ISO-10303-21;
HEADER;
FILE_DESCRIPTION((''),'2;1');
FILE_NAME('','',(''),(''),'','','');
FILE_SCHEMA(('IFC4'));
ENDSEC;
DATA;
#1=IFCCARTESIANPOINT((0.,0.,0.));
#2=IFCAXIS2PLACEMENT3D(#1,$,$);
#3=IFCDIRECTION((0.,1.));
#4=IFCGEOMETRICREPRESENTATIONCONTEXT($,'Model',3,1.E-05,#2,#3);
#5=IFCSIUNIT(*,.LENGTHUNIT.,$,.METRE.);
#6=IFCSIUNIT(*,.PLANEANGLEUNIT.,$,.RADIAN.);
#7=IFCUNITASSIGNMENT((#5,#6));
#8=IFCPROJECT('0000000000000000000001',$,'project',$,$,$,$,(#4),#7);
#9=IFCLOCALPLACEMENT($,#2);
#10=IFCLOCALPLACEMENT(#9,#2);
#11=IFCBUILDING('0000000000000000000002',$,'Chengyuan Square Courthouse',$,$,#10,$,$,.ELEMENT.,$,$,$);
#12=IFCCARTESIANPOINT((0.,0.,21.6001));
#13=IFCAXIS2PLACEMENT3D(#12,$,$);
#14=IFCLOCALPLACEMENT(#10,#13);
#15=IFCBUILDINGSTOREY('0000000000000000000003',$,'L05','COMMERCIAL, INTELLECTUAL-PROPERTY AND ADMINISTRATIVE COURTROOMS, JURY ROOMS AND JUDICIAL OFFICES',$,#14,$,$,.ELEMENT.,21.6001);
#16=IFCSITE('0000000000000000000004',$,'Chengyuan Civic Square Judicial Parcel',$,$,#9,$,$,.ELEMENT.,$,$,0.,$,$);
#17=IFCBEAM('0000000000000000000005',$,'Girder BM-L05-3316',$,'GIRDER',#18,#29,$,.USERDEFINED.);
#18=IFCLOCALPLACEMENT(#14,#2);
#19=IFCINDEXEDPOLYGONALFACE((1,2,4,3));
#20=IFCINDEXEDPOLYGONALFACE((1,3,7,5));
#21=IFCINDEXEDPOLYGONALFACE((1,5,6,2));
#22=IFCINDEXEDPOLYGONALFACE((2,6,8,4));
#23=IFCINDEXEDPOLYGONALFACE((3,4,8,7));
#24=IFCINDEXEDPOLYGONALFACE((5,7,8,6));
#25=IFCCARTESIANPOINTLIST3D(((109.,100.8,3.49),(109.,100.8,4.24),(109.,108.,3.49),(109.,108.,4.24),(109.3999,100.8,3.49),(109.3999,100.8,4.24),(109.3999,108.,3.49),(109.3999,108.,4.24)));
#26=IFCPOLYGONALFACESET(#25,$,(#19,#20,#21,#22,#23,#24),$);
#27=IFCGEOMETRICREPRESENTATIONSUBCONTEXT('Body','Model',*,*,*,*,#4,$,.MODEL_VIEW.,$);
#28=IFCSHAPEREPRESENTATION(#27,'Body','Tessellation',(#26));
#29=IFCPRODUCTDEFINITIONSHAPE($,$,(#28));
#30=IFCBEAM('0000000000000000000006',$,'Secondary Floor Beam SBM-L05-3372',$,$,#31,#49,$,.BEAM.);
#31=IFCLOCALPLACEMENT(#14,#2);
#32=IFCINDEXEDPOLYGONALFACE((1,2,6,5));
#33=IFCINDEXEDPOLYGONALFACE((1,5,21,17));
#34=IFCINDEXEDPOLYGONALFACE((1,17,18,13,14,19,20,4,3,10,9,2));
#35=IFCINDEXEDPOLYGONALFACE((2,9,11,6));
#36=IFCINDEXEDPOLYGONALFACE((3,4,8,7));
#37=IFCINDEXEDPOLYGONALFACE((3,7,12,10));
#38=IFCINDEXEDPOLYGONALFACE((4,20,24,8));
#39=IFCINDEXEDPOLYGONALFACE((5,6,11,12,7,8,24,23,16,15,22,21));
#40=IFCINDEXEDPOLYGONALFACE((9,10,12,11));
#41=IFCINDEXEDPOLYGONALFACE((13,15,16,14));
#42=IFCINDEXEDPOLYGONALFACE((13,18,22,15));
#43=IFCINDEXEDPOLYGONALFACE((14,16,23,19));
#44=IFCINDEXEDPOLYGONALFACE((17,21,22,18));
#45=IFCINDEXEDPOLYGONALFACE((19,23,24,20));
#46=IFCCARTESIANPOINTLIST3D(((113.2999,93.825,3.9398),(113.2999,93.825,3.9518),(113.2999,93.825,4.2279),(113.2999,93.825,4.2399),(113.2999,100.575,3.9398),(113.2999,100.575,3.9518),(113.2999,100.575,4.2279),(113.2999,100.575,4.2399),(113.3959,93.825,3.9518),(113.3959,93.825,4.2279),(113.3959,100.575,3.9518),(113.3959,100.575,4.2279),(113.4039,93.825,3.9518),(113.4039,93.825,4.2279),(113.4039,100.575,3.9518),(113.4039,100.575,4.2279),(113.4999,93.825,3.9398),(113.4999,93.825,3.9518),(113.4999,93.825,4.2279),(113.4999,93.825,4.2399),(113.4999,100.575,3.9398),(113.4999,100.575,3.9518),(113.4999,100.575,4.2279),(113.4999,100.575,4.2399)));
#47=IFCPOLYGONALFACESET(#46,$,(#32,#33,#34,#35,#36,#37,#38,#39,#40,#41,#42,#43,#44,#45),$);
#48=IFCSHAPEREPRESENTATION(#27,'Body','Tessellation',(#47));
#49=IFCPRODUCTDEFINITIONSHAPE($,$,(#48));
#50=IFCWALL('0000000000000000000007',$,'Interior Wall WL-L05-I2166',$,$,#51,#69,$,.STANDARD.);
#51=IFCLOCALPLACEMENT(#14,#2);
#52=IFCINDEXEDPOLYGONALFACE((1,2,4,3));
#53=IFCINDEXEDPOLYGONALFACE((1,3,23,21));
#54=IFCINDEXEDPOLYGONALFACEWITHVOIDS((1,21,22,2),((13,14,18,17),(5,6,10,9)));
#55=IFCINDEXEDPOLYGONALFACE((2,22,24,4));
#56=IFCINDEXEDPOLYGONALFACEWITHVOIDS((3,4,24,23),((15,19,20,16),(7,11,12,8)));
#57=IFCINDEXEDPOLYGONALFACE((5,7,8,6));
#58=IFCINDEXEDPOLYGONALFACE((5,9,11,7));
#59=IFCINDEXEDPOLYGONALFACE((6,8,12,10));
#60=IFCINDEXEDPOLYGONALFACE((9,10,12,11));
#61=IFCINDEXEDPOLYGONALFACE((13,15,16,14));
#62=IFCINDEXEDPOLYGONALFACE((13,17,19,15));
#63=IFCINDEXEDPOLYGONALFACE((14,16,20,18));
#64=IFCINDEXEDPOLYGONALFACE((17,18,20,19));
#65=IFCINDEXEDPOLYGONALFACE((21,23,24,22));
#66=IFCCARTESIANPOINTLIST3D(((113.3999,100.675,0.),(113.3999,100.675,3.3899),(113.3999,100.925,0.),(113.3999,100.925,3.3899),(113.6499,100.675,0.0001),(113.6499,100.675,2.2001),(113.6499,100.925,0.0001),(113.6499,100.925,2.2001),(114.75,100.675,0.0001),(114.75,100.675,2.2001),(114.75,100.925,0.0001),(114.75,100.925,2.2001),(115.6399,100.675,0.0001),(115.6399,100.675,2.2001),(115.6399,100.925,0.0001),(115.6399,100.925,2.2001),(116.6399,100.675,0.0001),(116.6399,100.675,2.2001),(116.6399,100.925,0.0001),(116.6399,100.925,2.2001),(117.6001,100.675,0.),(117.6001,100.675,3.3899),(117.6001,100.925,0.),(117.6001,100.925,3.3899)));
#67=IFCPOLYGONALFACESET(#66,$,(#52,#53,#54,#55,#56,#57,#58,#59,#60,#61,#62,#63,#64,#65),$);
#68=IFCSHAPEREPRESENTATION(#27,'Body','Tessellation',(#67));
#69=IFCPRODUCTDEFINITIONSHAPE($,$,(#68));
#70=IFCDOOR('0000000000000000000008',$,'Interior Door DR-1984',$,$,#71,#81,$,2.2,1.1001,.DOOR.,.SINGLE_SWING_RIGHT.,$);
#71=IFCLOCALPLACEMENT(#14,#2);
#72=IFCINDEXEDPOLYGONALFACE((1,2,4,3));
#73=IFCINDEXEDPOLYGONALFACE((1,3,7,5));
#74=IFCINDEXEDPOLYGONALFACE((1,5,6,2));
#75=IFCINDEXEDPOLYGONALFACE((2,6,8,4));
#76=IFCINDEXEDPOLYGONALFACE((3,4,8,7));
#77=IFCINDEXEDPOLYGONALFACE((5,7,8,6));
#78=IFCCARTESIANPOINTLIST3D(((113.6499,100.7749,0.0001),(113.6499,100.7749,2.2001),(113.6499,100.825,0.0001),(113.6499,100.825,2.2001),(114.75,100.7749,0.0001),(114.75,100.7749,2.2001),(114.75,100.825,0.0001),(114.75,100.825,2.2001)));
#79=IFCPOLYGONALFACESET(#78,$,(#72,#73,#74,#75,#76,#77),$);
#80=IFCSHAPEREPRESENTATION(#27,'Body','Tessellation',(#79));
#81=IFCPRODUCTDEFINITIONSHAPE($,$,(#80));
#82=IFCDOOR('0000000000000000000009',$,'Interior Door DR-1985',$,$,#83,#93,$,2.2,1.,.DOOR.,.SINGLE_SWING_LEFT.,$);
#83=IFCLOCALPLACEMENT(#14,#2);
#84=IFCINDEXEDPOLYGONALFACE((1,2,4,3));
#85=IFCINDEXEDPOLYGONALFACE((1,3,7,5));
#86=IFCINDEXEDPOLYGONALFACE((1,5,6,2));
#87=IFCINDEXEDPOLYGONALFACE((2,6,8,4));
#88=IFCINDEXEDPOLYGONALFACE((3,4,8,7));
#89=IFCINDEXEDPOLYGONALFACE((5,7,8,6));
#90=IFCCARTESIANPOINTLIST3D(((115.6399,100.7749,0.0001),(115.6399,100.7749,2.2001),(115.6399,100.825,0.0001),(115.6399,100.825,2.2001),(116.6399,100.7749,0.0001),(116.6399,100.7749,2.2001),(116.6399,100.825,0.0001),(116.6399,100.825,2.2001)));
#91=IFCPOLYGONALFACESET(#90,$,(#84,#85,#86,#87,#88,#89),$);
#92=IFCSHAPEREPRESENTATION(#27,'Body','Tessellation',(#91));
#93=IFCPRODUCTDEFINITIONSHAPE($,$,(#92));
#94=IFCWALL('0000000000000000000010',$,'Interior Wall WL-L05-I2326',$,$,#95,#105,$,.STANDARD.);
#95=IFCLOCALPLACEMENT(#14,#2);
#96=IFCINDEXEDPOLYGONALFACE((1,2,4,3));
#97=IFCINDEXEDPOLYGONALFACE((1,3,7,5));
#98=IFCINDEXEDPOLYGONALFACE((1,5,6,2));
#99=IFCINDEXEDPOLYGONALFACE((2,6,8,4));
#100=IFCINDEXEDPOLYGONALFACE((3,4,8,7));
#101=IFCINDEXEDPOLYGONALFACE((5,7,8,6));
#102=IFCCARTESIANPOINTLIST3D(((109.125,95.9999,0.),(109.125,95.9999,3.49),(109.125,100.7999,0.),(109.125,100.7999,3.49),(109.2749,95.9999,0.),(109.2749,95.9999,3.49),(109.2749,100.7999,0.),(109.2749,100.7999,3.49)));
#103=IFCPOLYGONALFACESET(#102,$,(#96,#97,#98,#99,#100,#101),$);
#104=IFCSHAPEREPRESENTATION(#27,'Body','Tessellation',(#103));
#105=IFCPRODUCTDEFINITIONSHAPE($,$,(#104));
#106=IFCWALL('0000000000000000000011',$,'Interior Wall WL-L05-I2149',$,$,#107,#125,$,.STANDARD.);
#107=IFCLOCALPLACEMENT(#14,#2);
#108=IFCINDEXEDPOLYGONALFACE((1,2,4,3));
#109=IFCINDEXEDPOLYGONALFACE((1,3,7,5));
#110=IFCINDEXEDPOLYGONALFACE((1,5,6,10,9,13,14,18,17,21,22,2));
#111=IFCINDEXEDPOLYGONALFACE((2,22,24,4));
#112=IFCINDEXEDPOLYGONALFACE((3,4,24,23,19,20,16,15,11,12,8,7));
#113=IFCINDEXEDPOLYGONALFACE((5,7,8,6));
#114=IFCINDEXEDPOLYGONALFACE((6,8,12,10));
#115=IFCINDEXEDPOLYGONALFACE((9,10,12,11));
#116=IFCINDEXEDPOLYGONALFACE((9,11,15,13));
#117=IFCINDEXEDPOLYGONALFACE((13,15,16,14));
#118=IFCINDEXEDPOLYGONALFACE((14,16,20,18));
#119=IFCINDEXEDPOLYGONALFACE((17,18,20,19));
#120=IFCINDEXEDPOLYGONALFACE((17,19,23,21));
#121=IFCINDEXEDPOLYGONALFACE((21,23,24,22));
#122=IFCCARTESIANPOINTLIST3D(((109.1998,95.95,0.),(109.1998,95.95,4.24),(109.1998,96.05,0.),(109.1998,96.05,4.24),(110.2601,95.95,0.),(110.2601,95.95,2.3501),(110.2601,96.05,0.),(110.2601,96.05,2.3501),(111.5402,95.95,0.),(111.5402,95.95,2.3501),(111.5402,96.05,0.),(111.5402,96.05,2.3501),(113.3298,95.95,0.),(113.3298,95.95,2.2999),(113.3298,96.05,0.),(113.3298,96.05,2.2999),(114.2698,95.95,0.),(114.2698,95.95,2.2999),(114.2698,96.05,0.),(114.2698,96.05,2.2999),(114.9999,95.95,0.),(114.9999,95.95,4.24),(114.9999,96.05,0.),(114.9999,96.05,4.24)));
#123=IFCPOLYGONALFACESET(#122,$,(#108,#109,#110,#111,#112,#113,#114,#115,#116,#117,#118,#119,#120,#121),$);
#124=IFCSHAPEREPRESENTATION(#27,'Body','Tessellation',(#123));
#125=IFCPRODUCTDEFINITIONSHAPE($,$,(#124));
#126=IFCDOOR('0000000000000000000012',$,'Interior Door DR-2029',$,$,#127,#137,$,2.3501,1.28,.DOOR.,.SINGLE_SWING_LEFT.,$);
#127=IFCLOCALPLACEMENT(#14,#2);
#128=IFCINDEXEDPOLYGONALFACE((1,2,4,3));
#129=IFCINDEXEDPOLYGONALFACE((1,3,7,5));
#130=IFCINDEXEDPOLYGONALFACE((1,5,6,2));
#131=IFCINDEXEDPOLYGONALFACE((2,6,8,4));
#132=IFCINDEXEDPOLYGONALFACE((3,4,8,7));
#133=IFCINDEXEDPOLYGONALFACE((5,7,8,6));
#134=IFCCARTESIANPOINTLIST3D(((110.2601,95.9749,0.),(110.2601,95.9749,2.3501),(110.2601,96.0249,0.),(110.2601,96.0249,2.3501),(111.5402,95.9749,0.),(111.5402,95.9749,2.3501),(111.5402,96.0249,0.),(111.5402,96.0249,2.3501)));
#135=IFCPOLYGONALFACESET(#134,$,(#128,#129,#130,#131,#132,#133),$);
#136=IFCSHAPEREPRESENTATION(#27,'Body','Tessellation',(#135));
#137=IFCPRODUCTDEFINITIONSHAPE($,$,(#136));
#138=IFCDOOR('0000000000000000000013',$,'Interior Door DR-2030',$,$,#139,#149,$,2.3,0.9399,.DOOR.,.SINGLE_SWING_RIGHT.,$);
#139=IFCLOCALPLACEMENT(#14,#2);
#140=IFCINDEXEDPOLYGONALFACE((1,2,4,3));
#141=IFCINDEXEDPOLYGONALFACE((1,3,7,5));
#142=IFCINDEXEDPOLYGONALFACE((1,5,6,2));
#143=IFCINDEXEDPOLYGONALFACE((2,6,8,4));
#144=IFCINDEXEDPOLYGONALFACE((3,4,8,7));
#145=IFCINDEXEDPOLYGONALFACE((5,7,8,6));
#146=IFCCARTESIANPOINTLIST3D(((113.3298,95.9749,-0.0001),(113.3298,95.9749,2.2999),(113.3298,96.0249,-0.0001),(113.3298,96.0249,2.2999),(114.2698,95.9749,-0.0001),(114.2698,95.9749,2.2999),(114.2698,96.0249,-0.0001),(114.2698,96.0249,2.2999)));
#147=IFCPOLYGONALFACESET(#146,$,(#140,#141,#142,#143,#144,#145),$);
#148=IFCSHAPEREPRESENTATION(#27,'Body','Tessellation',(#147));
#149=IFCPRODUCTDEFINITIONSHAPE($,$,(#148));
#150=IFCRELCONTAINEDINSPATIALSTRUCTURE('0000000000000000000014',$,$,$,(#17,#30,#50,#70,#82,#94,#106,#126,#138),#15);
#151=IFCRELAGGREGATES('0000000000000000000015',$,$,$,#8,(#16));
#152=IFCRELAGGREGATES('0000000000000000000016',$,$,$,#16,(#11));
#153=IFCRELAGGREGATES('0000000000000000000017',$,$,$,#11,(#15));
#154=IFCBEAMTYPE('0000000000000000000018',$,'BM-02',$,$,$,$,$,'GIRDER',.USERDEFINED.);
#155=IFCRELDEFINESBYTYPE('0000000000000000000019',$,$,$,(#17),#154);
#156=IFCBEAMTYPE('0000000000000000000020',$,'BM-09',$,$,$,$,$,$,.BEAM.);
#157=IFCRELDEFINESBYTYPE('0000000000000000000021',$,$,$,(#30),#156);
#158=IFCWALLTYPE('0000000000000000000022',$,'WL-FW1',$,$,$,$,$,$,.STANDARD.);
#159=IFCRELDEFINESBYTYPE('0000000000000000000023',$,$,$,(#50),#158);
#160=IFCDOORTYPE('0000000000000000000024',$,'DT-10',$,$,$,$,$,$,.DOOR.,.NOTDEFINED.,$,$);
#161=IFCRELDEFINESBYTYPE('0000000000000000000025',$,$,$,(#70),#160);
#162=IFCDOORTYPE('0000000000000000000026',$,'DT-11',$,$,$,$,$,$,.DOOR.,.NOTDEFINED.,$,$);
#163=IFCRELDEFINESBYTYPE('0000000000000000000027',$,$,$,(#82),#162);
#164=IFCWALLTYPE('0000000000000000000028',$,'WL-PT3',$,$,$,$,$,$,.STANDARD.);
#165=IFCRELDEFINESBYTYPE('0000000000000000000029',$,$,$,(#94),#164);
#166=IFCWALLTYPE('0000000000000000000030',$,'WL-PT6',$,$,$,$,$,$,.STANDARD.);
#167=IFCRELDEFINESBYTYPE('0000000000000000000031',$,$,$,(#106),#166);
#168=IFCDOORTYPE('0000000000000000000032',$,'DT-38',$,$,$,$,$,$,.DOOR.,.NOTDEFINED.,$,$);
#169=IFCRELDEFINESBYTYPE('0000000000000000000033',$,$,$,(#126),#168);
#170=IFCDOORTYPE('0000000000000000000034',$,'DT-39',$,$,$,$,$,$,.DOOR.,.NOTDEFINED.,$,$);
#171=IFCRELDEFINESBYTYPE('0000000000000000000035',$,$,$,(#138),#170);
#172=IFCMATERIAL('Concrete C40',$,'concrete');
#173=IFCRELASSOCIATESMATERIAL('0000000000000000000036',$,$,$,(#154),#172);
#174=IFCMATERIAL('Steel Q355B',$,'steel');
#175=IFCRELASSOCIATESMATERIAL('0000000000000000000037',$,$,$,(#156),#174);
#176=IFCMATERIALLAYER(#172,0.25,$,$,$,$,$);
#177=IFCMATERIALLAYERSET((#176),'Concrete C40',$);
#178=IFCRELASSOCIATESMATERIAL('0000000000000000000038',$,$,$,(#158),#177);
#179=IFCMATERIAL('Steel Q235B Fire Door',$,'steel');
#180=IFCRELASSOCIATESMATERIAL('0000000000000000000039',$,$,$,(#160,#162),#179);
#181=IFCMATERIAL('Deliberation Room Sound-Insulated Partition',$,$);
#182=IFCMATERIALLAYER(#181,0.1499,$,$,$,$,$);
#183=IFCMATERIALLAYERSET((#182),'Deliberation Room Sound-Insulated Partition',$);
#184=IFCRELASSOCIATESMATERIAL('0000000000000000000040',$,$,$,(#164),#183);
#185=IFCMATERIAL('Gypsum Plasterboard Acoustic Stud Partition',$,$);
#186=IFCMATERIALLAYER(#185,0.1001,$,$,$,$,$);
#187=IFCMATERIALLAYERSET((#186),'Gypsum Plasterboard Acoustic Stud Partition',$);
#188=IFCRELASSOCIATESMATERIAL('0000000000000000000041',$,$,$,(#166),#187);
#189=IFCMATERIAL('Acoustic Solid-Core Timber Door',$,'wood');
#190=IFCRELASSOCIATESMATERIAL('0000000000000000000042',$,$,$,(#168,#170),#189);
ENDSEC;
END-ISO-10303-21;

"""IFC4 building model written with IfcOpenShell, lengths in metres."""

from ifc_helpers import new_model, si_unit, direction, frame, frame_2d, origin, origin_2d, place, context, subcontext, project, spatial, rectangle, i_section, extrude, material, layer, layer_set, material_profile, profile_set, type_object, element, fill, save


model = new_model("IFC4")

# Units and contexts
model_context = context("Model", 3, precision=1e-05, world=origin(), true_north=direction((0.0, 1.0)))
body_context = subcontext(model_context, "Body", "Model", "MODEL_VIEW")
ifc_project = project(units=[si_unit("LENGTHUNIT", "METRE"), si_unit("PLANEANGLEUNIT", "RADIAN")], contexts=[model_context])

# Site, building, storey
site_placement = place(None, origin())
site = spatial("IfcSite", under=ifc_project, at=site_placement, Name="Chengyuan Civic Square Judicial Parcel", CompositionType="ELEMENT", RefElevation=0.0)
building_placement = place(site_placement, origin())
building = spatial("IfcBuilding", under=site, at=building_placement, Name="Chengyuan Square Courthouse", CompositionType="ELEMENT")
storey_placement = place(building_placement, frame((0.0, 0.0, 21.6001)))
storey = spatial("IfcBuildingStorey", under=building, at=storey_placement, Name="L05", Description="COMMERCIAL, INTELLECTUAL-PROPERTY AND ADMINISTRATIVE COURTROOMS, JURY ROOMS AND JUDICIAL OFFICES", CompositionType="ELEMENT", Elevation=21.6001)

# Beams
ifc_material_1 = material(Name="Concrete C40", Category="concrete")
ifc_material_profile_1 = material_profile(ifc_material_1, rectangle(XDim=0.3999, YDim=0.75, at=origin_2d()), Name="RC-BM-400x750")
ifc_profile_set_1 = profile_set([ifc_material_profile_1], Name="Concrete C40")
beam_type_1 = type_object("IfcBeamType", Name="BM-02", ElementType="GIRDER", PredefinedType="USERDEFINED", material=ifc_profile_set_1)
beam_1_placement = place(storey_placement, frame((109.2, 100.8, 3.865), z_axis=(0.0, 1.0, 0.0), x_axis=(-1.0, 0.0, 0.0)))
element("IfcBeam", 1, at=beam_1_placement, inside=storey, type_object=beam_type_1, Name="Girder BM-L05-3316", ObjectType="GIRDER", PredefinedType="USERDEFINED", context=body_context, shape_type="SweptSolid", body=[
    extrude(rectangle(XDim=0.3999, YDim=0.75, at=origin_2d()), origin(), (0.0, 0.0, 1.0), 7.2),
])
ifc_material_2 = material(Name="Steel Q355B", Category="steel")
ifc_material_profile_2 = material_profile(ifc_material_2, i_section(OverallWidth=0.2, OverallDepth=0.3, WebThickness=0.0081, FlangeThickness=0.012, at=origin_2d()), Name="HM 300x200x8x12")
ifc_profile_set_2 = profile_set([ifc_material_profile_2], Name="Steel Q355B")
beam_type_2 = type_object("IfcBeamType", Name="BM-09", PredefinedType="BEAM", material=ifc_profile_set_2)
beam_2_placement = place(storey_placement, frame((113.3999, 93.825, 4.0898), z_axis=(0.0, 1.0, 0.0), x_axis=(-1.0, 0.0, 0.0)))
element("IfcBeam", 2, at=beam_2_placement, inside=storey, type_object=beam_type_2, Name="Secondary Floor Beam SBM-L05-3372", PredefinedType="BEAM", context=body_context, shape_type="SweptSolid", body=[
    extrude(i_section(OverallWidth=0.2, OverallDepth=0.3, WebThickness=0.0081, FlangeThickness=0.012, at=origin_2d()), origin(), (0.0, 0.0, 1.0), 6.75),
])

# Wall, openings, doors
ifc_layer_1 = layer(ifc_material_1, 0.25)
ifc_layer_set_1 = layer_set([ifc_layer_1], Name="Concrete C40")
wall_type_1 = type_object("IfcWallType", Name="WL-FW1", PredefinedType="STANDARD", material=ifc_layer_set_1)
wall_1_placement = place(storey_placement, frame((113.3999, 100.8, 0.0), z_axis=(0.0, 0.0, 1.0), x_axis=(1.0, 0.0, 0.0)))
wall_1 = element("IfcWall", 3, at=wall_1_placement, inside=storey, type_object=wall_type_1, Name="Interior Wall WL-L05-I2166", PredefinedType="STANDARD", context=body_context, shape_type="SweptSolid", body=[
    extrude(rectangle(XDim=4.2002, YDim=0.25, at=frame_2d((2.1001, 0.0))), origin(), (0.0, 0.0, 1.0), 3.3899),
])
opening_1_placement = place(wall_1_placement, frame((0.25, 0.0, 0.0)))
opening_1 = element("IfcOpeningElement", 4, at=opening_1_placement, cuts=wall_1, PredefinedType="OPENING", context=body_context, shape_type="SweptSolid", body=[
    extrude(rectangle(XDim=1.1001, YDim=2.2, at=frame_2d((0.55, 1.1001))), frame((0.0, 0.137, 0.0), z_axis=(0.0, -1.0, 0.0), x_axis=(1.0, 0.0, 0.0)), (0.0, 0.0, 1.0), 0.2739),
])
opening_2_placement = place(wall_1_placement, frame((2.24, 0.0, 0.0)))
opening_2 = element("IfcOpeningElement", 5, at=opening_2_placement, cuts=wall_1, PredefinedType="OPENING", context=body_context, shape_type="SweptSolid", body=[
    extrude(rectangle(XDim=1.0, YDim=2.2, at=frame_2d((0.5, 1.1001))), frame((0.0, 0.137, 0.0), z_axis=(0.0, -1.0, 0.0), x_axis=(1.0, 0.0, 0.0)), (0.0, 0.0, 1.0), 0.2739),
])
ifc_material_3 = material(Name="Steel Q235B Fire Door", Category="steel")
door_type_1 = type_object("IfcDoorType", Name="DT-10", OperationType="NOTDEFINED", PredefinedType="DOOR", material=ifc_material_3)
door_1_placement = place(opening_1_placement, origin())
door_1 = element("IfcDoor", 6, at=door_1_placement, inside=storey, type_object=door_type_1, Name="Interior Door DR-1984", OperationType="SINGLE_SWING_RIGHT", OverallHeight=2.2, OverallWidth=1.1001, PredefinedType="DOOR", context=body_context, shape_type="SweptSolid", body=[
    extrude(rectangle(XDim=1.1001, YDim=2.2, at=frame_2d((0.55, 1.1001))), frame((0.0, 0.0249, 0.0), z_axis=(0.0, -1.0, 0.0), x_axis=(1.0, 0.0, 0.0)), (0.0, 0.0, 1.0), 0.05),
])
fill(opening_1, door_1)
door_type_2 = type_object("IfcDoorType", Name="DT-11", OperationType="NOTDEFINED", PredefinedType="DOOR", material=ifc_material_3)
door_2_placement = place(opening_2_placement, origin())
door_2 = element("IfcDoor", 7, at=door_2_placement, inside=storey, type_object=door_type_2, Name="Interior Door DR-1985", OperationType="SINGLE_SWING_LEFT", OverallHeight=2.2, OverallWidth=1.0, PredefinedType="DOOR", context=body_context, shape_type="SweptSolid", body=[
    extrude(rectangle(XDim=1.0, YDim=2.2, at=frame_2d((0.5, 1.1001))), frame((0.0, 0.0249, 0.0), z_axis=(0.0, -1.0, 0.0), x_axis=(1.0, 0.0, 0.0)), (0.0, 0.0, 1.0), 0.05),
])
fill(opening_2, door_2)

# Wall
ifc_material_4 = material(Name="Deliberation Room Sound-Insulated Partition")
ifc_layer_2 = layer(ifc_material_4, 0.1499)
ifc_layer_set_2 = layer_set([ifc_layer_2], Name="Deliberation Room Sound-Insulated Partition")
wall_type_2 = type_object("IfcWallType", Name="WL-PT3", PredefinedType="STANDARD", material=ifc_layer_set_2)
wall_2_placement = place(storey_placement, frame((109.2, 96.0, 0.0), z_axis=(0.0, 0.0, 1.0), x_axis=(0.0, 1.0, 0.0)))
element("IfcWall", 8, at=wall_2_placement, inside=storey, type_object=wall_type_2, Name="Interior Wall WL-L05-I2326", PredefinedType="STANDARD", context=body_context, shape_type="SweptSolid", body=[
    extrude(rectangle(XDim=4.8, YDim=0.1499, at=frame_2d((2.3999, 0.0))), origin(), (0.0, 0.0, 1.0), 3.49),
])

# Wall, openings, doors
ifc_material_5 = material(Name="Gypsum Plasterboard Acoustic Stud Partition")
ifc_layer_3 = layer(ifc_material_5, 0.1001)
ifc_layer_set_3 = layer_set([ifc_layer_3], Name="Gypsum Plasterboard Acoustic Stud Partition")
wall_type_3 = type_object("IfcWallType", Name="WL-PT6", PredefinedType="STANDARD", material=ifc_layer_set_3)
wall_3_placement = place(storey_placement, frame((109.2, 96.0, 0.0), z_axis=(0.0, 0.0, 1.0), x_axis=(1.0, 0.0, 0.0)))
wall_3 = element("IfcWall", 9, at=wall_3_placement, inside=storey, type_object=wall_type_3, Name="Interior Wall WL-L05-I2149", PredefinedType="STANDARD", context=body_context, shape_type="SweptSolid", body=[
    extrude(rectangle(XDim=5.8, YDim=0.1001, at=frame_2d((2.8999, 0.0))), origin(), (0.0, 0.0, 1.0), 4.24),
])
opening_3_placement = place(wall_3_placement, frame((1.0601, 0.0, 0.0)))
opening_3 = element("IfcOpeningElement", 10, at=opening_3_placement, cuts=wall_3, PredefinedType="OPENING", context=body_context, shape_type="SweptSolid", body=[
    extrude(rectangle(XDim=1.28, YDim=2.3501, at=frame_2d((0.6401, 1.175))), frame((0.0, 0.062, 0.0), z_axis=(0.0, -1.0, 0.0), x_axis=(1.0, 0.0, 0.0)), (0.0, 0.0, 1.0), 0.124),
])
opening_4_placement = place(wall_3_placement, frame((4.1299, 0.0, 0.0)))
opening_4 = element("IfcOpeningElement", 11, at=opening_4_placement, cuts=wall_3, PredefinedType="OPENING", context=body_context, shape_type="SweptSolid", body=[
    extrude(rectangle(XDim=0.9399, YDim=2.3, at=frame_2d((0.47, 1.1499))), frame((0.0, 0.062, 0.0), z_axis=(0.0, -1.0, 0.0), x_axis=(1.0, 0.0, 0.0)), (0.0, 0.0, 1.0), 0.124),
])
ifc_material_6 = material(Name="Acoustic Solid-Core Timber Door", Category="wood")
door_type_3 = type_object("IfcDoorType", Name="DT-38", OperationType="NOTDEFINED", PredefinedType="DOOR", material=ifc_material_6)
door_3_placement = place(opening_3_placement, origin())
door_3 = element("IfcDoor", 12, at=door_3_placement, inside=storey, type_object=door_type_3, Name="Interior Door DR-2029", OperationType="SINGLE_SWING_LEFT", OverallHeight=2.3501, OverallWidth=1.28, PredefinedType="DOOR", context=body_context, shape_type="SweptSolid", body=[
    extrude(rectangle(XDim=1.28, YDim=2.3501, at=frame_2d((0.6401, 1.175))), frame((0.0, 0.0249, 0.0), z_axis=(0.0, -1.0, 0.0), x_axis=(1.0, 0.0, 0.0)), (0.0, 0.0, 1.0), 0.05),
])
fill(opening_3, door_3)
door_type_4 = type_object("IfcDoorType", Name="DT-39", OperationType="NOTDEFINED", PredefinedType="DOOR", material=ifc_material_6)
door_4_placement = place(opening_4_placement, origin())
door_4 = element("IfcDoor", 13, at=door_4_placement, inside=storey, type_object=door_type_4, Name="Interior Door DR-2030", OperationType="SINGLE_SWING_RIGHT", OverallHeight=2.3, OverallWidth=0.9399, PredefinedType="DOOR", context=body_context, shape_type="SweptSolid", body=[
    extrude(rectangle(XDim=0.9399, YDim=2.3, at=frame_2d((0.47, 1.1499))), frame((0.0, 0.0249, 0.0), z_axis=(0.0, -1.0, 0.0), x_axis=(1.0, 0.0, 0.0)), (0.0, 0.0, 1.0), 0.05),
])
fill(opening_4, door_4)

save(model, "model.ifc")
